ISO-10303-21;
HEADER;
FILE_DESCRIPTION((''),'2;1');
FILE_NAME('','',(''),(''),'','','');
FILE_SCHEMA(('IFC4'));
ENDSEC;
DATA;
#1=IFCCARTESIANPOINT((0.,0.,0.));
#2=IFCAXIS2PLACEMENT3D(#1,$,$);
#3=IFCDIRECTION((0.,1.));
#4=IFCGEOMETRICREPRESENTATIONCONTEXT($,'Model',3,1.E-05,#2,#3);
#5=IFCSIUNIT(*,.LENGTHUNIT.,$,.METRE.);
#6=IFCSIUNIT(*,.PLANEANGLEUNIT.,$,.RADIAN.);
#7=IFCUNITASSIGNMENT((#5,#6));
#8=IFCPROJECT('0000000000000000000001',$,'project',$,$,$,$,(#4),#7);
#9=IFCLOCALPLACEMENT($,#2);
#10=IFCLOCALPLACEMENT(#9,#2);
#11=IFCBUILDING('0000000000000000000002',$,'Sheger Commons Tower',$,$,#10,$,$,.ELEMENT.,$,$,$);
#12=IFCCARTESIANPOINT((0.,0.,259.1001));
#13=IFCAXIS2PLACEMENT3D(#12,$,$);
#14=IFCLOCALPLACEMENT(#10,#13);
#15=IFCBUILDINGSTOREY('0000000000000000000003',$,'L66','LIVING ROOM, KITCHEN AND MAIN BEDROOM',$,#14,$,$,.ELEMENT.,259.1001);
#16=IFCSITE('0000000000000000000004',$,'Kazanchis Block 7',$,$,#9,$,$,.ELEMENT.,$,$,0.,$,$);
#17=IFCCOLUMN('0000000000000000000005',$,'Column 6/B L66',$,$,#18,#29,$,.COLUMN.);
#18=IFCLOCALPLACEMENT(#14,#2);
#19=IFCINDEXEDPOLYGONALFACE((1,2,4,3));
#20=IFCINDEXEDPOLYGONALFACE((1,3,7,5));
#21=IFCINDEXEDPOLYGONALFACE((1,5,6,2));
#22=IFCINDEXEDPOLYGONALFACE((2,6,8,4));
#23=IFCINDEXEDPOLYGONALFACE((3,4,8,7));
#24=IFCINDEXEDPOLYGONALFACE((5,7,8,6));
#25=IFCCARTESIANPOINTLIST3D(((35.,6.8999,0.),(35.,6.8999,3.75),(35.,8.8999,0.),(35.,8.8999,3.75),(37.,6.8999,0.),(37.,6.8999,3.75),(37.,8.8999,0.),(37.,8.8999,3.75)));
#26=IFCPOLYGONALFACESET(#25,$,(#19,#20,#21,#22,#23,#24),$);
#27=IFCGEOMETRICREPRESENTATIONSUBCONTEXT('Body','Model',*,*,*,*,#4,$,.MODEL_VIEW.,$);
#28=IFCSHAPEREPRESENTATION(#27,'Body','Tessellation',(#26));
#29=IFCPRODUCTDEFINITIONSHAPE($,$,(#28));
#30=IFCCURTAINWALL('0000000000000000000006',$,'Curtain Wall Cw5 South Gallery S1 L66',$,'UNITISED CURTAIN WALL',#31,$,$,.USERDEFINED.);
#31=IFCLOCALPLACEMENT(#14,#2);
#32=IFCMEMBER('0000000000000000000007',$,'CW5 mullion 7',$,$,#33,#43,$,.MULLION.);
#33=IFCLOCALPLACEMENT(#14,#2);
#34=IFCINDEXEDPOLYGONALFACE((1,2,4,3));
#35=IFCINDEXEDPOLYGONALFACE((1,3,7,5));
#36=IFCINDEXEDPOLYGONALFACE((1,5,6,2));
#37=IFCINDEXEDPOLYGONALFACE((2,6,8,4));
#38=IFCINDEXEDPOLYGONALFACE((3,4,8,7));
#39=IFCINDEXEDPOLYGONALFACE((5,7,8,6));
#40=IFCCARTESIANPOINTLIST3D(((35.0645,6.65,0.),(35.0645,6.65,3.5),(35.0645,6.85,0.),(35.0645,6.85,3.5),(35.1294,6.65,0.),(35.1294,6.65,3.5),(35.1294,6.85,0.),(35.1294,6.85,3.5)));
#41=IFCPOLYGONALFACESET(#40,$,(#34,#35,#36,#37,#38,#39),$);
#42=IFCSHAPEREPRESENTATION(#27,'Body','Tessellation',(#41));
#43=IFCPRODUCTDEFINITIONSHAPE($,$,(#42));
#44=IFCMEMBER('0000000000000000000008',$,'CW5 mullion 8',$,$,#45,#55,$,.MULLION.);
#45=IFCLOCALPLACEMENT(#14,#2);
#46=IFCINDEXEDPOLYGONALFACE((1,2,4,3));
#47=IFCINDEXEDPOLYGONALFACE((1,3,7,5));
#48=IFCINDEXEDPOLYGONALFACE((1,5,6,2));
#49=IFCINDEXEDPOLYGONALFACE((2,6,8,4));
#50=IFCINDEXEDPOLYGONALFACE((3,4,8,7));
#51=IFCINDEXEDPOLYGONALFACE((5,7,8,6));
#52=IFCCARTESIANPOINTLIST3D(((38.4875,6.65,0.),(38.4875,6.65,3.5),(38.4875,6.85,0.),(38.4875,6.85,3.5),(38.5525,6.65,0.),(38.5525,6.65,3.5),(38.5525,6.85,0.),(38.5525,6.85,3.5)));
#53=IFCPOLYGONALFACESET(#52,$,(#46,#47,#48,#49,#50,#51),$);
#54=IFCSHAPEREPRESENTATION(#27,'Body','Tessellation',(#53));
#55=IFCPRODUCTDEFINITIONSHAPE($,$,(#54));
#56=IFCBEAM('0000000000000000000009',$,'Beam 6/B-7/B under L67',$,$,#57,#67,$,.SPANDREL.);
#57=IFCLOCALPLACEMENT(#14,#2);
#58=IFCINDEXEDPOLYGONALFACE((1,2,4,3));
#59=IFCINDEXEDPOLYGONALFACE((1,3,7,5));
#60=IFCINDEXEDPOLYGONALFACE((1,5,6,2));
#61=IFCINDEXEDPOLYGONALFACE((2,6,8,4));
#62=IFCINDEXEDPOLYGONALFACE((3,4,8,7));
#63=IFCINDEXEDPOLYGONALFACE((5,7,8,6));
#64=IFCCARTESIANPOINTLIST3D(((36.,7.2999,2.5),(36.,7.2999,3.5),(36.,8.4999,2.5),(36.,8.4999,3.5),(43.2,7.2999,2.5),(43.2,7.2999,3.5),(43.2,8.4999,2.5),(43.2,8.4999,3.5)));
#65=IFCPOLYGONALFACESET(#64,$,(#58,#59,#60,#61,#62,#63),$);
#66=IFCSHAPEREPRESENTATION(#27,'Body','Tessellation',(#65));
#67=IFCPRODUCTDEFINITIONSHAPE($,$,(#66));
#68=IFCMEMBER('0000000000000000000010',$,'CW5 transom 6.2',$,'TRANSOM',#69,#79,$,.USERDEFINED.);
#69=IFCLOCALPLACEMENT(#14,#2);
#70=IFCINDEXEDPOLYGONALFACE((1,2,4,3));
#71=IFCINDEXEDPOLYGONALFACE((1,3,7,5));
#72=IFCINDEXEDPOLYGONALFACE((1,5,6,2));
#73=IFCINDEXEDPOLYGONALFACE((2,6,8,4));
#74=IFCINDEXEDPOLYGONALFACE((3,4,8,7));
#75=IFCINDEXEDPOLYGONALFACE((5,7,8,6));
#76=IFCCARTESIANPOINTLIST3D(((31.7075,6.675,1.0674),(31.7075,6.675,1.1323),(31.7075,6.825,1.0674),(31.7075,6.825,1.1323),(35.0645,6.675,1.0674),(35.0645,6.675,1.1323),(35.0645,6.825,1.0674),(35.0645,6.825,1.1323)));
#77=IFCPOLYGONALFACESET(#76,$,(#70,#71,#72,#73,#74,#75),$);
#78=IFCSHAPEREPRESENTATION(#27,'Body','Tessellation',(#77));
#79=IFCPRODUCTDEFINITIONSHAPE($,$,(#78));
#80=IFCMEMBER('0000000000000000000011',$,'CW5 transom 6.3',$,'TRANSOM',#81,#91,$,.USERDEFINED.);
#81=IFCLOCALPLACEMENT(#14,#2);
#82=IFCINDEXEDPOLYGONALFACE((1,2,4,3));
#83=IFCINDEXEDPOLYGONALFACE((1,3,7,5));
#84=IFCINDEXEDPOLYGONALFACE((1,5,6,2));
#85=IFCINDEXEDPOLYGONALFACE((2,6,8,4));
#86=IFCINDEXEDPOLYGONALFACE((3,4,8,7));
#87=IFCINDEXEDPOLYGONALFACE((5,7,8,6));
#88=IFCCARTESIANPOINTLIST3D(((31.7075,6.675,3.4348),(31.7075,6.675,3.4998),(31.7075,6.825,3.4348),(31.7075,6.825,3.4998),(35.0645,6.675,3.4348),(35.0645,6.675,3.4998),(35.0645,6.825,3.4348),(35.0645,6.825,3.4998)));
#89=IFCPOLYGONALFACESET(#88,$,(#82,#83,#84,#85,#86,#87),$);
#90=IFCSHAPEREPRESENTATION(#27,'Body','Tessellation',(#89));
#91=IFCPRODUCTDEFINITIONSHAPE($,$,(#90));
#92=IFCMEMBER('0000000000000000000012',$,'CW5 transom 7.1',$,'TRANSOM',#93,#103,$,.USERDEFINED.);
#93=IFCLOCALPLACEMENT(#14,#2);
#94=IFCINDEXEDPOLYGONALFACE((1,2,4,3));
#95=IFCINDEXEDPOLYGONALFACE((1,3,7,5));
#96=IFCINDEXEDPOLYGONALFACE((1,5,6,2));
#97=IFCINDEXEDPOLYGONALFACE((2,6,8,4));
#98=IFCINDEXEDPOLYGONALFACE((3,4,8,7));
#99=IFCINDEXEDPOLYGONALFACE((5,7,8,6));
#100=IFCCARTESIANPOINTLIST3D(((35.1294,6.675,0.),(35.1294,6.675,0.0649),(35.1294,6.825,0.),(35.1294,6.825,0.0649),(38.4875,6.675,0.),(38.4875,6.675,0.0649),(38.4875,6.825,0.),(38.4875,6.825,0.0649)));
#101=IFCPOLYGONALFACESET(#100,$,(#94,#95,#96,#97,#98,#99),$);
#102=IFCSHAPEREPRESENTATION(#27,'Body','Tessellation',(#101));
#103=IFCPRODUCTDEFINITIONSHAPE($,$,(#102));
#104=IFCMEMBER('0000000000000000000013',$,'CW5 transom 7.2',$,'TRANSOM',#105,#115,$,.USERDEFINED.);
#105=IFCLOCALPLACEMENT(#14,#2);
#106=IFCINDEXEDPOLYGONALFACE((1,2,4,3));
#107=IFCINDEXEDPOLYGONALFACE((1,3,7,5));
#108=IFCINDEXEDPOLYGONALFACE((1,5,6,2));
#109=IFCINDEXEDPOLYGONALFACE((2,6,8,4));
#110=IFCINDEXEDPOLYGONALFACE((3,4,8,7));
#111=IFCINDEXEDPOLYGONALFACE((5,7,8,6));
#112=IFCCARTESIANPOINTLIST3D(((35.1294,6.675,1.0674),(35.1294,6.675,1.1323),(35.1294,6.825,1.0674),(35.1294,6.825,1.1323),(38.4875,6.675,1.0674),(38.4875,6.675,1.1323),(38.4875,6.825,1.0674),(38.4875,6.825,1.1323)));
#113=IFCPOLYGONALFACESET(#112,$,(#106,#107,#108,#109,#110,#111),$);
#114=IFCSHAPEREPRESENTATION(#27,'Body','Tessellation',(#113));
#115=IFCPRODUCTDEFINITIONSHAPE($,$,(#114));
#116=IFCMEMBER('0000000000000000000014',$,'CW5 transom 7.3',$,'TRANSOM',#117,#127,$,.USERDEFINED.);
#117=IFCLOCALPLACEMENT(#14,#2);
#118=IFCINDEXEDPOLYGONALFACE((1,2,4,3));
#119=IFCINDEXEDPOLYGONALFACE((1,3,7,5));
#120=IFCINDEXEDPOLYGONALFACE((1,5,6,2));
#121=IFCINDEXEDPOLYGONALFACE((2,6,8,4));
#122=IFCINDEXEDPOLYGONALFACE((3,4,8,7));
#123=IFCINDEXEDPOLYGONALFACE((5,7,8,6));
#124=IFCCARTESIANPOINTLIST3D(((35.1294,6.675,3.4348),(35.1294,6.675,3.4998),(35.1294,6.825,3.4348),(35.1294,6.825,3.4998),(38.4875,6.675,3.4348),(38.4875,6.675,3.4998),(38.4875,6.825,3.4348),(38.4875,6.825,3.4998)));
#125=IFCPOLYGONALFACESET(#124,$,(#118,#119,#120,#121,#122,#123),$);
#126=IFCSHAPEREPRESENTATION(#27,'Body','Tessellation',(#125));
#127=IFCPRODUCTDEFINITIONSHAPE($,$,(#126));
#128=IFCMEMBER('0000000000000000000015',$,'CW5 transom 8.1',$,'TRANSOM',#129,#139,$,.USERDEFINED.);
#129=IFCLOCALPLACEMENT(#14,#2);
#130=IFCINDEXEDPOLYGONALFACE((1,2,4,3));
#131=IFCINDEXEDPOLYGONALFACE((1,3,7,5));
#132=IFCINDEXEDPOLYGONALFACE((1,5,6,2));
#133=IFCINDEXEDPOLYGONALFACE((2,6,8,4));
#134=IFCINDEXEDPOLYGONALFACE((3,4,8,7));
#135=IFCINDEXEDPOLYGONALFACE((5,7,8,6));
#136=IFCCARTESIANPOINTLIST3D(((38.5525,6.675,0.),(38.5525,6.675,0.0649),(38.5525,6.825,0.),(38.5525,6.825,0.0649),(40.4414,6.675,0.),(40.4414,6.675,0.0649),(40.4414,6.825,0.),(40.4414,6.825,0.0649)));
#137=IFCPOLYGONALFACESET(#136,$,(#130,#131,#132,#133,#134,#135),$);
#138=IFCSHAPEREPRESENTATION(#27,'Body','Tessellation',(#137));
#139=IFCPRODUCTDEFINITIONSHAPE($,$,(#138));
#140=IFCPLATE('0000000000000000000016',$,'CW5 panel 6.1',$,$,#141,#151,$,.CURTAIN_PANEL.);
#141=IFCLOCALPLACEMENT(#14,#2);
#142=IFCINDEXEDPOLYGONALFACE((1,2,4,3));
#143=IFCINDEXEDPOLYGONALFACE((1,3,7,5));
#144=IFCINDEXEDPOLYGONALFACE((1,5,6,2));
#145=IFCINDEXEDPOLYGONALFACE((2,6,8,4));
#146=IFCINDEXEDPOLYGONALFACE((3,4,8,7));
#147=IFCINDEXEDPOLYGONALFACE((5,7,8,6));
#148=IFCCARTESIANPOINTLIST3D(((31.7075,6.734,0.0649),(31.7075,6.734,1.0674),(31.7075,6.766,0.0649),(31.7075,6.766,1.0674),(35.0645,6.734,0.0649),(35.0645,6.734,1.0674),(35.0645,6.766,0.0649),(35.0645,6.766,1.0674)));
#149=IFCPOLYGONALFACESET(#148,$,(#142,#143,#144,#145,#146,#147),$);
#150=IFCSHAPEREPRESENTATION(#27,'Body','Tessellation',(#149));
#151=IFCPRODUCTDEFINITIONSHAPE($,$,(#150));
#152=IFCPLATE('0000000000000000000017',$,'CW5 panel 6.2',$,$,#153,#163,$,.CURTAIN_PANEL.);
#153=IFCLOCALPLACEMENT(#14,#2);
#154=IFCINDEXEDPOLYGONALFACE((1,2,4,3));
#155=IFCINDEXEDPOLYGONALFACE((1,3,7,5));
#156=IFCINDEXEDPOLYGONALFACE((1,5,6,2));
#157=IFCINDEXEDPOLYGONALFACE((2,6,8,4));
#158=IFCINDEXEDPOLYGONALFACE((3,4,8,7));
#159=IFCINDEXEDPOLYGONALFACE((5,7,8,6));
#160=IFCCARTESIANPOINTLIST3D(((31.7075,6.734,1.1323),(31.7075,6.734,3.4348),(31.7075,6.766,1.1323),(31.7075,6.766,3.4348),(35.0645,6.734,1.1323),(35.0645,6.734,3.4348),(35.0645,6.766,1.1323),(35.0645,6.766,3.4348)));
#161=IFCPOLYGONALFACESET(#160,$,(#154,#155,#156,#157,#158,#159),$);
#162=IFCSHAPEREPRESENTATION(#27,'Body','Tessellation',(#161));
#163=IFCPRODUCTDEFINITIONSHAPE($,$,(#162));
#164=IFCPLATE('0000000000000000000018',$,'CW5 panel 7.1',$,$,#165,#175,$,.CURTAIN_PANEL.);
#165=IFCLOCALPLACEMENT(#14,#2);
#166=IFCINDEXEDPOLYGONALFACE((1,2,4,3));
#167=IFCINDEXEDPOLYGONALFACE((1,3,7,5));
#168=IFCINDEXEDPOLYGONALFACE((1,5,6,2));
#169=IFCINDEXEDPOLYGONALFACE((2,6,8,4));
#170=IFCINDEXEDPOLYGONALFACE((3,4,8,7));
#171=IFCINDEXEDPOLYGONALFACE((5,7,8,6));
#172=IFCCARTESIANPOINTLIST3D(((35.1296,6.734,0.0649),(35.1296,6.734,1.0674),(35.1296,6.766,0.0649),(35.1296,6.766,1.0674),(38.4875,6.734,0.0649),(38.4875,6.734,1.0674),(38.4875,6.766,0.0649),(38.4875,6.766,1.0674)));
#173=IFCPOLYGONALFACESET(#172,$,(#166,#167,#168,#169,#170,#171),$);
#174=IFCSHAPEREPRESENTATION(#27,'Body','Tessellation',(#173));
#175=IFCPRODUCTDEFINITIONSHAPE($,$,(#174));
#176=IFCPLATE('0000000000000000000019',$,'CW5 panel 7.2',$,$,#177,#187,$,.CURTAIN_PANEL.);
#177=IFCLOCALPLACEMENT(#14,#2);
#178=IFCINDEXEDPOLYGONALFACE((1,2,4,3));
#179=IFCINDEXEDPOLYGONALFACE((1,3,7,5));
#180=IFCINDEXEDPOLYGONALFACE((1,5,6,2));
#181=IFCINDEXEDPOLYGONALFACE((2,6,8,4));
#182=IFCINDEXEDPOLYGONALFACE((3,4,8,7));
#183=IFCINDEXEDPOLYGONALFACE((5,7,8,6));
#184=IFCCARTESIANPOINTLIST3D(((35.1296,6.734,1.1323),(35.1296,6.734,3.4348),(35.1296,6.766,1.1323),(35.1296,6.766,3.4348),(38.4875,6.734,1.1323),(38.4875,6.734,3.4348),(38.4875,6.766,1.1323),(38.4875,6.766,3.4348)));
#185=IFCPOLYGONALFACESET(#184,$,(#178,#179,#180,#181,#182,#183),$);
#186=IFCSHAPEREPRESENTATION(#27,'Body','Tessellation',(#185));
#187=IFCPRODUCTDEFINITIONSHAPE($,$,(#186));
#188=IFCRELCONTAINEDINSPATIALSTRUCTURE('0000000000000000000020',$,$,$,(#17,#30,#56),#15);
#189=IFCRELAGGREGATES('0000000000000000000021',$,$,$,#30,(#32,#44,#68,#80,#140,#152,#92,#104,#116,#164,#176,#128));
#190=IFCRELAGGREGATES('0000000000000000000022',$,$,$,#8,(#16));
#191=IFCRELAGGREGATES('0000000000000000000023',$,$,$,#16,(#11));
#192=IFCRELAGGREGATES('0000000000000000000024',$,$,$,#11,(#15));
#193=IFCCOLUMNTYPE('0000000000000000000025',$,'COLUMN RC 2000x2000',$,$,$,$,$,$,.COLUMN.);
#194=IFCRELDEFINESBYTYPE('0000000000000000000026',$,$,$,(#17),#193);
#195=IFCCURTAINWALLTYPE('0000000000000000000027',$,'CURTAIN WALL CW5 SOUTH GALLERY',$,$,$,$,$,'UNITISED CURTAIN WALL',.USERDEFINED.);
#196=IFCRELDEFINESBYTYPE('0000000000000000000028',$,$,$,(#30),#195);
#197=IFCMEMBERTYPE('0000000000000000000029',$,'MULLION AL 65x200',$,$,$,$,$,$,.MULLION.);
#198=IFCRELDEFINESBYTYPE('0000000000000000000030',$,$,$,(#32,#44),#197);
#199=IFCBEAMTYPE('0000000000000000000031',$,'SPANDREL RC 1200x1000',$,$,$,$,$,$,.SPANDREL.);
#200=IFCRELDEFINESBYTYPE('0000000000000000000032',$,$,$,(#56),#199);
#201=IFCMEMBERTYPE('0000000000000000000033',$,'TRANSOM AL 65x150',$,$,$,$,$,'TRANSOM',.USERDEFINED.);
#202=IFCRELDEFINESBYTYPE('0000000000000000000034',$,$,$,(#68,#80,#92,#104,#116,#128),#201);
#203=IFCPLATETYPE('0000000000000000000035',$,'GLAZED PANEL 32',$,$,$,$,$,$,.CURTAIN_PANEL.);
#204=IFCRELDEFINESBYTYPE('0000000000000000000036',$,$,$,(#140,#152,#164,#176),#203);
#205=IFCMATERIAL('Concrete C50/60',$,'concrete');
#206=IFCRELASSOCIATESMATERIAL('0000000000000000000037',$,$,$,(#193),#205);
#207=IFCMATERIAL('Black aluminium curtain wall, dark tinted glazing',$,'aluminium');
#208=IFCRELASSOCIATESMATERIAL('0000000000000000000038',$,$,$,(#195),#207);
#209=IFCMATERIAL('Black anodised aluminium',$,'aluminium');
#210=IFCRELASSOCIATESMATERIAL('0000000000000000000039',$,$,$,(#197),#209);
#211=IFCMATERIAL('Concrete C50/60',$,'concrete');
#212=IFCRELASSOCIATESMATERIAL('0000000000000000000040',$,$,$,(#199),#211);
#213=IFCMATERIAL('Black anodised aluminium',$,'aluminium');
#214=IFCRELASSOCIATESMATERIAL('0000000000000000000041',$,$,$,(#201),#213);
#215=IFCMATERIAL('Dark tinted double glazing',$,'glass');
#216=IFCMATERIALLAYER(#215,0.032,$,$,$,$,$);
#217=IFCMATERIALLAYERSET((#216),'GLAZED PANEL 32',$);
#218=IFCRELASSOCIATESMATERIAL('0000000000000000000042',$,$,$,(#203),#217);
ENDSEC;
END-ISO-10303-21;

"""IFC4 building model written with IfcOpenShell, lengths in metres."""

from ifc_helpers import new_model, si_unit, direction, frame, origin, origin_2d, place, context, subcontext, project, spatial, rectangle, extrude, material, layer, layer_set, material_profile, profile_set, type_object, element, aggregate, save


model = new_model("IFC4")

# Units and contexts
model_context = context("Model", 3, precision=1e-05, world=origin(), true_north=direction((0.0, 1.0)))
body_context = subcontext(model_context, "Body", "Model", "MODEL_VIEW")
ifc_project = project(units=[si_unit("LENGTHUNIT", "METRE"), si_unit("PLANEANGLEUNIT", "RADIAN")], contexts=[model_context])

# Site, building, storey
site_placement = place(None, origin())
site = spatial("IfcSite", under=ifc_project, at=site_placement, Name="Kazanchis Block 7", CompositionType="ELEMENT", RefElevation=0.0)
building_placement = place(site_placement, origin())
building = spatial("IfcBuilding", under=site, at=building_placement, Name="Sheger Commons Tower", CompositionType="ELEMENT")
storey_placement = place(building_placement, frame((0.0, 0.0, 259.1001)))
storey = spatial("IfcBuildingStorey", under=building, at=storey_placement, Name="L66", Description="LIVING ROOM, KITCHEN AND MAIN BEDROOM", CompositionType="ELEMENT", Elevation=259.1001)

# Column
ifc_material_1 = material(Name="Concrete C50/60", Category="concrete")
ifc_material_profile_1 = material_profile(ifc_material_1, rectangle(XDim=2.0, YDim=2.0, at=origin_2d()), Name="RC 2000x2000")
ifc_profile_set_1 = profile_set([ifc_material_profile_1], Name="Concrete C50/60")
column_type = type_object("IfcColumnType", Name="COLUMN RC 2000x2000", PredefinedType="COLUMN", material=ifc_profile_set_1)
column_placement = place(storey_placement, frame((36.0, 7.8999, 0.0), z_axis=(0.0, 0.0, 1.0), x_axis=(1.0, 0.0, 0.0)))
element("IfcColumn", 1, at=column_placement, inside=storey, type_object=column_type, Name="Column 6/B L66", PredefinedType="COLUMN", context=body_context, shape_type="SweptSolid", body=[
    extrude(rectangle(XDim=2.0, YDim=2.0, at=origin_2d()), origin(), (0.0, 0.0, 1.0), 3.75),
])

# Curtain wall, members
ifc_material_2 = material(Name="Black aluminium curtain wall, dark tinted glazing", Category="aluminium")
curtain_wall_type = type_object("IfcCurtainWallType", Name="CURTAIN WALL CW5 SOUTH GALLERY", ElementType="UNITISED CURTAIN WALL", PredefinedType="USERDEFINED", material=ifc_material_2)
curtain_wall_placement = place(storey_placement, origin())
curtain_wall = element("IfcCurtainWall", 2, at=curtain_wall_placement, inside=storey, type_object=curtain_wall_type, Name="Curtain Wall Cw5 South Gallery S1 L66", ObjectType="UNITISED CURTAIN WALL", PredefinedType="USERDEFINED")
ifc_material_3 = material(Name="Black anodised aluminium", Category="aluminium")
ifc_material_profile_2 = material_profile(ifc_material_3, rectangle(XDim=0.2, YDim=0.0649, at=origin_2d()), Name="AL 65x200")
ifc_profile_set_2 = profile_set([ifc_material_profile_2], Name="Black anodised aluminium")
member_type_1 = type_object("IfcMemberType", Name="MULLION AL 65x200", PredefinedType="MULLION", material=ifc_profile_set_2)
member_1_placement = place(storey_placement, frame((35.0969, 6.75, 0.0), z_axis=(0.0, 0.0, 1.0), x_axis=(0.0, 1.0, 0.0)))
member_1 = element("IfcMember", 3, at=member_1_placement, type_object=member_type_1, Name="CW5 mullion 7", PredefinedType="MULLION", context=body_context, shape_type="SweptSolid", body=[
    extrude(rectangle(XDim=0.2, YDim=0.0649, at=origin_2d()), origin(), (0.0, 0.0, 1.0), 3.5),
])
member_2_placement = place(storey_placement, frame((38.52, 6.75, 0.0), z_axis=(0.0, 0.0, 1.0), x_axis=(0.0, 1.0, 0.0)))
member_2 = element("IfcMember", 4, at=member_2_placement, type_object=member_type_1, Name="CW5 mullion 8", PredefinedType="MULLION", context=body_context, shape_type="SweptSolid", body=[
    extrude(rectangle(XDim=0.2, YDim=0.0649, at=origin_2d()), origin(), (0.0, 0.0, 1.0), 3.5),
])

# Beam
ifc_material_4 = material(Name="Concrete C50/60", Category="concrete")
ifc_material_profile_3 = material_profile(ifc_material_4, rectangle(XDim=1.2, YDim=1.0, at=origin_2d()), Name="RC 1200x1000")
ifc_profile_set_3 = profile_set([ifc_material_profile_3], Name="Concrete C50/60")
beam_type = type_object("IfcBeamType", Name="SPANDREL RC 1200x1000", PredefinedType="SPANDREL", material=ifc_profile_set_3)
beam_placement = place(storey_placement, frame((36.0, 7.8999, 3.0), z_axis=(1.0, 0.0, 0.0), x_axis=(0.0, 1.0, 0.0)))
element("IfcBeam", 5, at=beam_placement, inside=storey, type_object=beam_type, Name="Beam 6/B-7/B under L67", PredefinedType="SPANDREL", context=body_context, shape_type="SweptSolid", body=[
    extrude(rectangle(XDim=1.2, YDim=1.0, at=origin_2d()), origin(), (0.0, 0.0, 1.0), 7.2),
])

# Members
ifc_material_5 = material(Name="Black anodised aluminium", Category="aluminium")
ifc_material_profile_4 = material_profile(ifc_material_5, rectangle(XDim=0.1499, YDim=0.0649, at=origin_2d()), Name="AL 65x150")
ifc_profile_set_4 = profile_set([ifc_material_profile_4], Name="Black anodised aluminium")
member_type_2 = type_object("IfcMemberType", Name="TRANSOM AL 65x150", ElementType="TRANSOM", PredefinedType="USERDEFINED", material=ifc_profile_set_4)
member_3_placement = place(storey_placement, frame((31.7075, 6.75, 1.0999), z_axis=(1.0, 0.0, 0.0), x_axis=(0.0, 1.0, 0.0)))
member_3 = element("IfcMember", 6, at=member_3_placement, type_object=member_type_2, Name="CW5 transom 6.2", ObjectType="TRANSOM", PredefinedType="USERDEFINED", context=body_context, shape_type="SweptSolid", body=[
    extrude(rectangle(XDim=0.1499, YDim=0.0649, at=origin_2d()), origin(), (0.0, 0.0, 1.0), 3.3569),
])
member_4_placement = place(storey_placement, frame((31.7075, 6.75, 3.4673), z_axis=(1.0, 0.0, 0.0), x_axis=(0.0, 1.0, 0.0)))
member_4 = element("IfcMember", 7, at=member_4_placement, type_object=member_type_2, Name="CW5 transom 6.3", ObjectType="TRANSOM", PredefinedType="USERDEFINED", context=body_context, shape_type="SweptSolid", body=[
    extrude(rectangle(XDim=0.1499, YDim=0.0649, at=origin_2d()), origin(), (0.0, 0.0, 1.0), 3.3569),
])
member_5_placement = place(storey_placement, frame((35.1294, 6.75, 0.0325), z_axis=(1.0, 0.0, 0.0), x_axis=(0.0, 1.0, 0.0)))
member_5 = element("IfcMember", 8, at=member_5_placement, type_object=member_type_2, Name="CW5 transom 7.1", ObjectType="TRANSOM", PredefinedType="USERDEFINED", context=body_context, shape_type="SweptSolid", body=[
    extrude(rectangle(XDim=0.1499, YDim=0.0649, at=origin_2d()), origin(), (0.0, 0.0, 1.0), 3.3582),
])
member_6_placement = place(storey_placement, frame((35.1294, 6.75, 1.0999), z_axis=(1.0, 0.0, 0.0), x_axis=(0.0, 1.0, 0.0)))
member_6 = element("IfcMember", 9, at=member_6_placement, type_object=member_type_2, Name="CW5 transom 7.2", ObjectType="TRANSOM", PredefinedType="USERDEFINED", context=body_context, shape_type="SweptSolid", body=[
    extrude(rectangle(XDim=0.1499, YDim=0.0649, at=origin_2d()), origin(), (0.0, 0.0, 1.0), 3.3582),
])
member_7_placement = place(storey_placement, frame((35.1294, 6.75, 3.4673), z_axis=(1.0, 0.0, 0.0), x_axis=(0.0, 1.0, 0.0)))
member_7 = element("IfcMember", 10, at=member_7_placement, type_object=member_type_2, Name="CW5 transom 7.3", ObjectType="TRANSOM", PredefinedType="USERDEFINED", context=body_context, shape_type="SweptSolid", body=[
    extrude(rectangle(XDim=0.1499, YDim=0.0649, at=origin_2d()), origin(), (0.0, 0.0, 1.0), 3.3582),
])
member_8_placement = place(storey_placement, frame((38.5525, 6.75, 0.0325), z_axis=(1.0, 0.0, 0.0), x_axis=(0.0, 1.0, 0.0)))
member_8 = element("IfcMember", 11, at=member_8_placement, type_object=member_type_2, Name="CW5 transom 8.1", ObjectType="TRANSOM", PredefinedType="USERDEFINED", context=body_context, shape_type="SweptSolid", body=[
    extrude(rectangle(XDim=0.1499, YDim=0.0649, at=origin_2d()), origin(), (0.0, 0.0, 1.0), 1.8889),
])

# Plates
ifc_material_6 = material(Name="Dark tinted double glazing", Category="glass")
ifc_layer_1 = layer(ifc_material_6, 0.032)
ifc_layer_set_1 = layer_set([ifc_layer_1], Name="GLAZED PANEL 32")
plate_type_1 = type_object("IfcPlateType", Name="GLAZED PANEL 32", PredefinedType="CURTAIN_PANEL", material=ifc_layer_set_1)
plate_1_placement = place(storey_placement, frame((33.386, 6.75, 0.0649), z_axis=(0.0, 0.0, 1.0), x_axis=(1.0, 0.0, 0.0)))
plate_1 = element("IfcPlate", 12, at=plate_1_placement, type_object=plate_type_1, Name="CW5 panel 6.1", PredefinedType="CURTAIN_PANEL", context=body_context, shape_type="SweptSolid", body=[
    extrude(rectangle(XDim=3.3569, YDim=0.032, at=origin_2d()), origin(), (0.0, 0.0, 1.0), 1.0024),
])
plate_2_placement = place(storey_placement, frame((33.386, 6.75, 1.1323), z_axis=(0.0, 0.0, 1.0), x_axis=(1.0, 0.0, 0.0)))
plate_2 = element("IfcPlate", 13, at=plate_2_placement, type_object=plate_type_1, Name="CW5 panel 6.2", PredefinedType="CURTAIN_PANEL", context=body_context, shape_type="SweptSolid", body=[
    extrude(rectangle(XDim=3.3569, YDim=0.032, at=origin_2d()), origin(), (0.0, 0.0, 1.0), 2.3025),
])
plate_3_placement = place(storey_placement, frame((36.8086, 6.75, 0.0649), z_axis=(0.0, 0.0, 1.0), x_axis=(1.0, 0.0, 0.0)))
plate_3 = element("IfcPlate", 14, at=plate_3_placement, type_object=plate_type_1, Name="CW5 panel 7.1", PredefinedType="CURTAIN_PANEL", context=body_context, shape_type="SweptSolid", body=[
    extrude(rectangle(XDim=3.3579, YDim=0.032, at=origin_2d()), origin(), (0.0, 0.0, 1.0), 1.0024),
])
plate_4_placement = place(storey_placement, frame((36.8086, 6.75, 1.1323), z_axis=(0.0, 0.0, 1.0), x_axis=(1.0, 0.0, 0.0)))
plate_4 = element("IfcPlate", 15, at=plate_4_placement, type_object=plate_type_1, Name="CW5 panel 7.2", PredefinedType="CURTAIN_PANEL", context=body_context, shape_type="SweptSolid", body=[
    extrude(rectangle(XDim=3.3579, YDim=0.032, at=origin_2d()), origin(), (0.0, 0.0, 1.0), 2.3025),
])
aggregate(curtain_wall, [member_1, member_2, member_3, member_4, plate_1, plate_2, member_5, member_6, member_7, plate_3, plate_4, member_8])

save(model, "model.ifc")
